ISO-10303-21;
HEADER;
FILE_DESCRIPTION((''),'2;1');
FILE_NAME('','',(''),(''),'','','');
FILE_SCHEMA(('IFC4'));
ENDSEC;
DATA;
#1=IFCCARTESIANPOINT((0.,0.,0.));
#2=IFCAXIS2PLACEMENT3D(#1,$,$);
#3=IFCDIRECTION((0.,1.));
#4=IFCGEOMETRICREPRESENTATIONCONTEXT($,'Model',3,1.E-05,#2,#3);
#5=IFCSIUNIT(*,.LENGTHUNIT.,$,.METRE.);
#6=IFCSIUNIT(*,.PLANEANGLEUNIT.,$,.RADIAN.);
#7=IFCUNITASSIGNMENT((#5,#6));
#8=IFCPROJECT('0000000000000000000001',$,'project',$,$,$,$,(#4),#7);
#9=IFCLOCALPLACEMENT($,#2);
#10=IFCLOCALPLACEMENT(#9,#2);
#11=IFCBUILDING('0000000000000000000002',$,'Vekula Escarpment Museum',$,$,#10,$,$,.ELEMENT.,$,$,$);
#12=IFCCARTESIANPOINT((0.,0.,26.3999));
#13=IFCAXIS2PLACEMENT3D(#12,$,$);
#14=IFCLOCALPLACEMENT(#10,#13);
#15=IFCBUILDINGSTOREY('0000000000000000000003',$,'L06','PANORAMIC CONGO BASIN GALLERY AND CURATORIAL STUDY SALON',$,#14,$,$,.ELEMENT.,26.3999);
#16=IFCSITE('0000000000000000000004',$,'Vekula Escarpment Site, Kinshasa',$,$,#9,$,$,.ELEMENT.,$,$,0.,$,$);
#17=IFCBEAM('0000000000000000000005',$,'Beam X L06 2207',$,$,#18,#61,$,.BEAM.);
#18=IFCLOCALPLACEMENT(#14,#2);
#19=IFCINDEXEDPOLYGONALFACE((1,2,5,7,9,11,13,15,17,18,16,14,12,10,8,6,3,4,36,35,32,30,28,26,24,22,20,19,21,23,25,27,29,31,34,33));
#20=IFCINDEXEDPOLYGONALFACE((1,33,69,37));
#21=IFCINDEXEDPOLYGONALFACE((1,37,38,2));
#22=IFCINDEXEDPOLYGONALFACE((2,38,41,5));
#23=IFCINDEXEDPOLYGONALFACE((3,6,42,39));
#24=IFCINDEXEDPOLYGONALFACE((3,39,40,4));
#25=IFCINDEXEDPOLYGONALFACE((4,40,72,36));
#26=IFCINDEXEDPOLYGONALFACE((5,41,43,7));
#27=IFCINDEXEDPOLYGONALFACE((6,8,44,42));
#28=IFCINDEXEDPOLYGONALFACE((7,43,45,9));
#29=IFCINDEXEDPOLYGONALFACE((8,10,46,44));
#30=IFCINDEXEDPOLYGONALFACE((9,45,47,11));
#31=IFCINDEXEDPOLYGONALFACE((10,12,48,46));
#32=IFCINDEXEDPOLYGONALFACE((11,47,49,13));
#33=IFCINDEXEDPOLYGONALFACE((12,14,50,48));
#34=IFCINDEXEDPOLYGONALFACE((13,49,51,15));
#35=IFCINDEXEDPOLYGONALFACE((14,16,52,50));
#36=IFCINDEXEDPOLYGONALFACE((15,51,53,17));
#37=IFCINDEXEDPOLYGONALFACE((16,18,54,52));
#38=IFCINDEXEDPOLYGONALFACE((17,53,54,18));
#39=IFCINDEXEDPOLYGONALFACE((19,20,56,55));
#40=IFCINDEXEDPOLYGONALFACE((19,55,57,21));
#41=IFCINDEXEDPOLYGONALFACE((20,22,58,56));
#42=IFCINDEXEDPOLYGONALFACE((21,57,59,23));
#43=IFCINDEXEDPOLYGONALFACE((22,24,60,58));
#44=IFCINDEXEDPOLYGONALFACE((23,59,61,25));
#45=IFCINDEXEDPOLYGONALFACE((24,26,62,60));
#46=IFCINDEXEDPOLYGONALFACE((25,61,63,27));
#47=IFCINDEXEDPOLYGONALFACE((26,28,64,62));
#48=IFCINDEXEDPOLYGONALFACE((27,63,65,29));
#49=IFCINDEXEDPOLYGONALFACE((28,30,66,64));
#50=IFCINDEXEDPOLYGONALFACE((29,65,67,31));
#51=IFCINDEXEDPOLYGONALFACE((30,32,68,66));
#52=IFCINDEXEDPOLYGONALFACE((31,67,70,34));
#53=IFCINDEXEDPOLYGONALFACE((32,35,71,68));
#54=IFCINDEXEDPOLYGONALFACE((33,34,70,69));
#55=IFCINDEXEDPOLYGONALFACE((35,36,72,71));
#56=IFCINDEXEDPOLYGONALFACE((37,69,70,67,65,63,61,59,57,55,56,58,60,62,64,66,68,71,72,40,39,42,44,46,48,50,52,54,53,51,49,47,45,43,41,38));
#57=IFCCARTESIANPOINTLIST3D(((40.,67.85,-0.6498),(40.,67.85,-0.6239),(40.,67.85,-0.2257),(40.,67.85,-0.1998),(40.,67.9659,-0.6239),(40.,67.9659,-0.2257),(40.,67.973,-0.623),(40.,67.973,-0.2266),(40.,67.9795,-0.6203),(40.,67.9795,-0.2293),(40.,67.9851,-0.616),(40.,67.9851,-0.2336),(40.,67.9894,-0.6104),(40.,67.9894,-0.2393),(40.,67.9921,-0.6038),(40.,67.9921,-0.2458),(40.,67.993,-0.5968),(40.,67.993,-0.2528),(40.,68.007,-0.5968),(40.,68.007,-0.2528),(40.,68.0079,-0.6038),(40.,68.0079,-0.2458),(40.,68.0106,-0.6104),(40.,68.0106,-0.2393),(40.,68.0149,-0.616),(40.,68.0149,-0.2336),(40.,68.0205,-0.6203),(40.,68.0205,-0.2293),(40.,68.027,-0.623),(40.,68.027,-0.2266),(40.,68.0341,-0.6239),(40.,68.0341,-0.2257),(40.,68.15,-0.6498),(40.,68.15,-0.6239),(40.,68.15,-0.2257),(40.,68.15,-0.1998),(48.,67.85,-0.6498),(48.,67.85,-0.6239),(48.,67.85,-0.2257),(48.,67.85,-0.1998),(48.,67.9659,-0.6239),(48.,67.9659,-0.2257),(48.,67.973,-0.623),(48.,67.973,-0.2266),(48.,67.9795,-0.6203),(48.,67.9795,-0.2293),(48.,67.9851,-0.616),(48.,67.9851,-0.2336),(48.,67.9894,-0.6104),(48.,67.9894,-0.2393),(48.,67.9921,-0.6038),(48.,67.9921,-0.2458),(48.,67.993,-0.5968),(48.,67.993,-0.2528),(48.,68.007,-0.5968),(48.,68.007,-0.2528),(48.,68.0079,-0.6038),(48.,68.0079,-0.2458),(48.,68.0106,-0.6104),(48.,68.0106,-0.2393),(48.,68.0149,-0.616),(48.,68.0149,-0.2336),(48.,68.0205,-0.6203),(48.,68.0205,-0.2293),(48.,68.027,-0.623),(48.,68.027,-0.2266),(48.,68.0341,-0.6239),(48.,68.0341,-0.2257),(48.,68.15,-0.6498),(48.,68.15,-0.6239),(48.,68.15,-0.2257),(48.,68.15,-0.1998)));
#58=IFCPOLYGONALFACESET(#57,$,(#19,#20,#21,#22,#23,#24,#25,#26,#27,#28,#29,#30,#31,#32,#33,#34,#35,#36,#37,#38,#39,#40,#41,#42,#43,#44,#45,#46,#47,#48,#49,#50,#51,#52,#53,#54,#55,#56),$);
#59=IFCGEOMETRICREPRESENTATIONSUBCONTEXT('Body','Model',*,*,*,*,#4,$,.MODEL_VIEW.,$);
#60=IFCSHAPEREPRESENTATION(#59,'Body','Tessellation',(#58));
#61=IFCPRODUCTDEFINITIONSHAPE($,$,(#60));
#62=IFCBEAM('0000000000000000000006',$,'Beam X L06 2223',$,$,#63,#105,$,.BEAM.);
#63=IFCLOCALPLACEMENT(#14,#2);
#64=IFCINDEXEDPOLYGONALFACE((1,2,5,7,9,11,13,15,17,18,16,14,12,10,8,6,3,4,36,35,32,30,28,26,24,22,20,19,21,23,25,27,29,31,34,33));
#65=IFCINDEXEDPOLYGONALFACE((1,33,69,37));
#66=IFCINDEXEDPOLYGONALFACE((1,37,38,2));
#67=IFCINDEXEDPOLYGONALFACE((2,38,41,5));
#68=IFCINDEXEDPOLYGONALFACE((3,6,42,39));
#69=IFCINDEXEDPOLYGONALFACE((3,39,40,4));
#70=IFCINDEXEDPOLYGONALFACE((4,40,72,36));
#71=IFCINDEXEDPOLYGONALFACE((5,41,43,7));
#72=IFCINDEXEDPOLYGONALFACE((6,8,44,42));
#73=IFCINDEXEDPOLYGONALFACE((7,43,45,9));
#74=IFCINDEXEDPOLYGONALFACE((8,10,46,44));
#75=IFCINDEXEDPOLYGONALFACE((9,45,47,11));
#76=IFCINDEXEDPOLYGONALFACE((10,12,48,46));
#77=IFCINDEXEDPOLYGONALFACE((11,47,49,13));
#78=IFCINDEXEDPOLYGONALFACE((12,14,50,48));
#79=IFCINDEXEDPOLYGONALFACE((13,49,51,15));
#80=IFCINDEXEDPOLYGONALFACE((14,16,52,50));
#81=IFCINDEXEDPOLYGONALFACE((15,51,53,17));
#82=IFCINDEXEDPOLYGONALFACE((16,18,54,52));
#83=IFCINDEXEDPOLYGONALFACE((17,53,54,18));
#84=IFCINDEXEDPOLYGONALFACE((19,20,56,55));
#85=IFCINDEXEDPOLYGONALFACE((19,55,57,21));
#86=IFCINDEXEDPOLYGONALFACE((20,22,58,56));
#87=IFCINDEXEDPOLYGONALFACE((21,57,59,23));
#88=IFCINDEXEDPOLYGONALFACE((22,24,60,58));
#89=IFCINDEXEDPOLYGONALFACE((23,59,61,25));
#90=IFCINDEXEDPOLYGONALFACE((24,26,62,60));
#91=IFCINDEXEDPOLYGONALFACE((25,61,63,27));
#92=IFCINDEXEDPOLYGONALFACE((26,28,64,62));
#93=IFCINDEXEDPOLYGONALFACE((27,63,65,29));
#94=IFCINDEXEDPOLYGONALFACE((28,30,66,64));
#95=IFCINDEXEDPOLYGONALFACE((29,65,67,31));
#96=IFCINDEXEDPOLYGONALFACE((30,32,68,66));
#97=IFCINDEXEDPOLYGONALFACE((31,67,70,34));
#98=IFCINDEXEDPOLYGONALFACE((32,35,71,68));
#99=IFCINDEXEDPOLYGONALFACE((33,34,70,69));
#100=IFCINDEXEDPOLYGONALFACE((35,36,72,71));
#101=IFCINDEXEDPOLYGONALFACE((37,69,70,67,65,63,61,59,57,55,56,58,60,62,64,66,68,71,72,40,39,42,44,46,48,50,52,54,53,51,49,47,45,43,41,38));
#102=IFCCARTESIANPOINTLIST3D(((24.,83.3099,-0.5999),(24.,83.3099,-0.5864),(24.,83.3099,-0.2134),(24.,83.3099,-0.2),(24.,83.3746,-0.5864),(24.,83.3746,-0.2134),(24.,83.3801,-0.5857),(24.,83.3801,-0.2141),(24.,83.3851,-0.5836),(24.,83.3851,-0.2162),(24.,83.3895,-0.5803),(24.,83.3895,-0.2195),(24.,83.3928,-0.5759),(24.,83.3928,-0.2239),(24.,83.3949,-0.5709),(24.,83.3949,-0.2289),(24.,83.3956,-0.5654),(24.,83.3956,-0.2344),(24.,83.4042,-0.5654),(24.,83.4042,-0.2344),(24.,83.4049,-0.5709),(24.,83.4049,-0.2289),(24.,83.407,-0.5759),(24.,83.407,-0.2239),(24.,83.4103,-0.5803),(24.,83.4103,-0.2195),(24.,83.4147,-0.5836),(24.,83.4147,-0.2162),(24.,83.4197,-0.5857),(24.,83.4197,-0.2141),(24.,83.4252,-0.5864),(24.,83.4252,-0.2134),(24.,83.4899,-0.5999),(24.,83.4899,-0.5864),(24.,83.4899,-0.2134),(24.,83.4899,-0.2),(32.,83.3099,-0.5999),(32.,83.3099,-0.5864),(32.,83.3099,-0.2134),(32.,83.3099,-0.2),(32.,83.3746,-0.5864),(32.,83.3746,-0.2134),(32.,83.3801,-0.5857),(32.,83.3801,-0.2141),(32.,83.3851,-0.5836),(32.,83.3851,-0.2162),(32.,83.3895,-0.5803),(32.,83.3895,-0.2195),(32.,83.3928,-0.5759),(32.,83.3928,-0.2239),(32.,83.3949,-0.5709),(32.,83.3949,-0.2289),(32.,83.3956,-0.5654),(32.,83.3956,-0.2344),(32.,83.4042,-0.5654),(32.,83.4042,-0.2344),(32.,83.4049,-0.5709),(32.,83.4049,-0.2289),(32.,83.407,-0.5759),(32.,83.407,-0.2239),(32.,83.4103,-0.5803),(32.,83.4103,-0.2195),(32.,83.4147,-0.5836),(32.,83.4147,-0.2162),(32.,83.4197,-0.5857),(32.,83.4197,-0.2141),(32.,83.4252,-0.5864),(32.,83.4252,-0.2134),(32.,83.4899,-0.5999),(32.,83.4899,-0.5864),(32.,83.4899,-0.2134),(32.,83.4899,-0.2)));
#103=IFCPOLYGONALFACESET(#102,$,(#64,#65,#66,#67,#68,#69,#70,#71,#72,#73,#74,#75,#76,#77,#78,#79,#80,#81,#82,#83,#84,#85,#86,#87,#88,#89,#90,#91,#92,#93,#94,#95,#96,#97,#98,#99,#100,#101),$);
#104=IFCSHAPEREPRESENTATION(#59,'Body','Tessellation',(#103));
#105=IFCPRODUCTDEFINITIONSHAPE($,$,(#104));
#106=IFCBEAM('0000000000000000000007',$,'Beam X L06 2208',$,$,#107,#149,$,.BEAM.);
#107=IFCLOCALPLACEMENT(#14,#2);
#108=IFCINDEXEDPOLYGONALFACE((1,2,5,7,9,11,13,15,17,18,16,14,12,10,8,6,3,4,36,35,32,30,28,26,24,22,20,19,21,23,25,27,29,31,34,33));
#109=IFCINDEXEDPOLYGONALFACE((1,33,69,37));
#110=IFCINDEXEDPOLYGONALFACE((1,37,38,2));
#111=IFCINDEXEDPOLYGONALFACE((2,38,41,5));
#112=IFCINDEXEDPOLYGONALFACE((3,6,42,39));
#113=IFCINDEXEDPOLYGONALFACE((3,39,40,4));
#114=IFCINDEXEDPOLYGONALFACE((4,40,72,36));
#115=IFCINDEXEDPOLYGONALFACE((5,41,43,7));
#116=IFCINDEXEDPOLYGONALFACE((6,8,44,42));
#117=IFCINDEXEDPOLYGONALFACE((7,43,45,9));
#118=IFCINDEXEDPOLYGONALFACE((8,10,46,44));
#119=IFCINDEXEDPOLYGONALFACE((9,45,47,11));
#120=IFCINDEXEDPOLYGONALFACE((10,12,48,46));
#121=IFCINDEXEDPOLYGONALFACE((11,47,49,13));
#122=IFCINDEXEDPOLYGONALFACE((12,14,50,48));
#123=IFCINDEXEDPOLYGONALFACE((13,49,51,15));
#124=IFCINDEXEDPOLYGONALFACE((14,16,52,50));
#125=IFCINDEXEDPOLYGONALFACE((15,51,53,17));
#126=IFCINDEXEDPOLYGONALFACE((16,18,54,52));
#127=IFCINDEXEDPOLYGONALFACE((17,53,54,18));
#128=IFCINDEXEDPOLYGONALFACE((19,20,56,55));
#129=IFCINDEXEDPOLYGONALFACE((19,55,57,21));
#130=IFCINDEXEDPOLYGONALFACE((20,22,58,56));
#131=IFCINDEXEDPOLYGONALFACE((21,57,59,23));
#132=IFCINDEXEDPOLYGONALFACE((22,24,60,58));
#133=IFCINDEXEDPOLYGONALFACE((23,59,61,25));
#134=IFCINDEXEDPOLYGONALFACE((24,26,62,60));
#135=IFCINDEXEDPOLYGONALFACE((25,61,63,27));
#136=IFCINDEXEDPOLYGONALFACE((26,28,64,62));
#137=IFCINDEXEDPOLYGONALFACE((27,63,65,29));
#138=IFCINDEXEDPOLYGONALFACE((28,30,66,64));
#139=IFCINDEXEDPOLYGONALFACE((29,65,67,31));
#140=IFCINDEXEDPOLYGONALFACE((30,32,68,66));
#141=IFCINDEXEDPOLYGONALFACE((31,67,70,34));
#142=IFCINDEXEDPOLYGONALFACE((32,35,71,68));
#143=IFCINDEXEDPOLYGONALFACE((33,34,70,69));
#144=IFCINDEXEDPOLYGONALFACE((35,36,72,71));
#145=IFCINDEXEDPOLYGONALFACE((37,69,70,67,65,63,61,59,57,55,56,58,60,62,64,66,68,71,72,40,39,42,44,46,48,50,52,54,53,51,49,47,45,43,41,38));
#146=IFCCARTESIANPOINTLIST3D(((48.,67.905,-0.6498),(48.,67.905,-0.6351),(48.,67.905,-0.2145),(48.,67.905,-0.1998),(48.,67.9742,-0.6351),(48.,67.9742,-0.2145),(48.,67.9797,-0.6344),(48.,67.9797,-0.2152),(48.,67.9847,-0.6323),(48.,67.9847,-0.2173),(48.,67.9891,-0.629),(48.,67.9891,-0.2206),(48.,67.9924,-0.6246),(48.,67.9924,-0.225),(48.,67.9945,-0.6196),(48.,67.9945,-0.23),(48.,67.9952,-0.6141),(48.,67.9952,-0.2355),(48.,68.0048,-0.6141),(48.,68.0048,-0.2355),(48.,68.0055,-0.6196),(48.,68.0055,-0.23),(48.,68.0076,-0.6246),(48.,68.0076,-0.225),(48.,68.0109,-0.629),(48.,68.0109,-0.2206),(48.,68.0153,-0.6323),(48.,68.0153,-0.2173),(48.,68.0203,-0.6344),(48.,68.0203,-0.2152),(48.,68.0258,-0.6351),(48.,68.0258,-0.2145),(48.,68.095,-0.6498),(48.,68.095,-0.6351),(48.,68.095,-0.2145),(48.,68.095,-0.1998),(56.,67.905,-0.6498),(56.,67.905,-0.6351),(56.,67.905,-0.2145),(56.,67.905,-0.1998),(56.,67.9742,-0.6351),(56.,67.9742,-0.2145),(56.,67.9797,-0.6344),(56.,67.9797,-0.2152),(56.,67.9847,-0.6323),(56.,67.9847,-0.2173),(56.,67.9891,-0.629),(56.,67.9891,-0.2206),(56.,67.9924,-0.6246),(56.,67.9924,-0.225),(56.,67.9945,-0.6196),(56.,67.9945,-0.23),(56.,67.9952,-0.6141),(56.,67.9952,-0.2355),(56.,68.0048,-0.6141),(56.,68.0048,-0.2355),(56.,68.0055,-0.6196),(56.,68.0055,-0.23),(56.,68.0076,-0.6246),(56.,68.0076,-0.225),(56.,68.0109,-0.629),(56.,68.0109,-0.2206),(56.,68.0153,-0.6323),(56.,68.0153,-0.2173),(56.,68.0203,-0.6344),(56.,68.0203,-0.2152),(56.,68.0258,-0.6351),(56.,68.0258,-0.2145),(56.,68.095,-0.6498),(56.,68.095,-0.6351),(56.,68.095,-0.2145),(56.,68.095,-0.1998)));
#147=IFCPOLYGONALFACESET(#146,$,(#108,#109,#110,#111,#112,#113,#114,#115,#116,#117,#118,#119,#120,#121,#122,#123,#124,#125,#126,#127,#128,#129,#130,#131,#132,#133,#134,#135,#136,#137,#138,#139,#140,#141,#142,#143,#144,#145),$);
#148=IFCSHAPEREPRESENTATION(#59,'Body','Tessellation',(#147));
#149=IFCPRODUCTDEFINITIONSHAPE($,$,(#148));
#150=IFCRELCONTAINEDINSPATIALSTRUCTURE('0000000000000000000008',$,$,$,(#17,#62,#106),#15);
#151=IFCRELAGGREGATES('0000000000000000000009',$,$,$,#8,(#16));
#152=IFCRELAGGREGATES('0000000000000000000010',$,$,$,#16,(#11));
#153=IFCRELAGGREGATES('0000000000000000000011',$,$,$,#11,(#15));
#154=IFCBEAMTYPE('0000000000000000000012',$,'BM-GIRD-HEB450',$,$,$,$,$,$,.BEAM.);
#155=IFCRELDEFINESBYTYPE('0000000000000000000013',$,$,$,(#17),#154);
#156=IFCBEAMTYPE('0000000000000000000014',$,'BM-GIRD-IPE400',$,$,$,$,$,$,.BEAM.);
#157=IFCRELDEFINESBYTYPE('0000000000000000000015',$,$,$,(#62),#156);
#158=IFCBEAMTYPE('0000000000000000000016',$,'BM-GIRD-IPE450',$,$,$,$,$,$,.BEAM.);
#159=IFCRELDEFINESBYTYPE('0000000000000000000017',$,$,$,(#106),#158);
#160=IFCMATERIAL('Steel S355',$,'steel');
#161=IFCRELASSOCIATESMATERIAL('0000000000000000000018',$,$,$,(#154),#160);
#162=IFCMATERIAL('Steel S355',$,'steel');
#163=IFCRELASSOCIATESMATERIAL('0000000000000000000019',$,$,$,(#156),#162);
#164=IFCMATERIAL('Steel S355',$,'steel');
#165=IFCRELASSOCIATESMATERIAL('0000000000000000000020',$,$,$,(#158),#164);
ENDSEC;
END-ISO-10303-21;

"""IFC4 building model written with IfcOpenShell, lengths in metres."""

from ifc_helpers import new_model, si_unit, direction, frame, origin, origin_2d, place, context, subcontext, project, spatial, i_section, extrude, material, material_profile, profile_set, type_object, element, save


model = new_model("IFC4")

# Units and contexts
model_context = context("Model", 3, precision=1e-05, world=origin(), true_north=direction((0.0, 1.0)))
body_context = subcontext(model_context, "Body", "Model", "MODEL_VIEW")
ifc_project = project(units=[si_unit("LENGTHUNIT", "METRE"), si_unit("PLANEANGLEUNIT", "RADIAN")], contexts=[model_context])

# Site, building, storey
site_placement = place(None, origin())
site = spatial("IfcSite", under=ifc_project, at=site_placement, Name="Vekula Escarpment Site, Kinshasa", CompositionType="ELEMENT", RefElevation=0.0)
building_placement = place(site_placement, origin())
building = spatial("IfcBuilding", under=site, at=building_placement, Name="Vekula Escarpment Museum", CompositionType="ELEMENT")
storey_placement = place(building_placement, frame((0.0, 0.0, 26.3999)))
storey = spatial("IfcBuildingStorey", under=building, at=storey_placement, Name="L06", Description="PANORAMIC CONGO BASIN GALLERY AND CURATORIAL STUDY SALON", CompositionType="ELEMENT", Elevation=26.3999)

# Beams
ifc_material_1 = material(Name="Steel S355", Category="steel")
ifc_material_profile_1 = material_profile(ifc_material_1, i_section(OverallWidth=0.3, OverallDepth=0.45, WebThickness=0.0139, FlangeThickness=0.0259, FilletRadius=0.0271, at=origin_2d()), Name="HEB 450")
ifc_profile_set_1 = profile_set([ifc_material_profile_1], Name="Steel S355")
beam_type_1 = type_object("IfcBeamType", Name="BM-GIRD-HEB450", PredefinedType="BEAM", material=ifc_profile_set_1)
beam_1_placement = place(storey_placement, frame((40.0, 68.0, -0.4248), z_axis=(1.0, 0.0, 0.0), x_axis=(0.0, 1.0, 0.0)))
element("IfcBeam", 1, at=beam_1_placement, inside=storey, type_object=beam_type_1, Name="Beam X L06 2207", PredefinedType="BEAM", context=body_context, shape_type="SweptSolid", body=[
    extrude(i_section(OverallWidth=0.3, OverallDepth=0.45, WebThickness=0.0139, FlangeThickness=0.0259, FilletRadius=0.0271, at=origin_2d()), origin(), (0.0, 0.0, 1.0), 8.0),
])
ifc_material_2 = material(Name="Steel S355", Category="steel")
ifc_material_profile_2 = material_profile(ifc_material_2, i_section(OverallWidth=0.1799, OverallDepth=0.3999, WebThickness=0.0085, FlangeThickness=0.0134, FilletRadius=0.021, at=origin_2d()), Name="IPE 400")
ifc_profile_set_2 = profile_set([ifc_material_profile_2], Name="Steel S355")
beam_type_2 = type_object("IfcBeamType", Name="BM-GIRD-IPE400", PredefinedType="BEAM", material=ifc_profile_set_2)
beam_2_placement = place(storey_placement, frame((24.0, 83.3999, -0.3999), z_axis=(1.0, 0.0, 0.0), x_axis=(0.0, 1.0, 0.0)))
element("IfcBeam", 2, at=beam_2_placement, inside=storey, type_object=beam_type_2, Name="Beam X L06 2223", PredefinedType="BEAM", context=body_context, shape_type="SweptSolid", body=[
    extrude(i_section(OverallWidth=0.1799, OverallDepth=0.3999, WebThickness=0.0085, FlangeThickness=0.0134, FilletRadius=0.021, at=origin_2d()), origin(), (0.0, 0.0, 1.0), 8.0),
])
ifc_material_3 = material(Name="Steel S355", Category="steel")
ifc_material_profile_3 = material_profile(ifc_material_3, i_section(OverallWidth=0.1899, OverallDepth=0.45, WebThickness=0.0095, FlangeThickness=0.0146, FilletRadius=0.021, at=origin_2d()), Name="IPE 450")
ifc_profile_set_3 = profile_set([ifc_material_profile_3], Name="Steel S355")
beam_type_3 = type_object("IfcBeamType", Name="BM-GIRD-IPE450", PredefinedType="BEAM", material=ifc_profile_set_3)
beam_3_placement = place(storey_placement, frame((48.0, 68.0, -0.4248), z_axis=(1.0, 0.0, 0.0), x_axis=(0.0, 1.0, 0.0)))
element("IfcBeam", 3, at=beam_3_placement, inside=storey, type_object=beam_type_3, Name="Beam X L06 2208", PredefinedType="BEAM", context=body_context, shape_type="SweptSolid", body=[
    extrude(i_section(OverallWidth=0.1899, OverallDepth=0.45, WebThickness=0.0095, FlangeThickness=0.0146, FilletRadius=0.021, at=origin_2d()), origin(), (0.0, 0.0, 1.0), 8.0),
])

save(model, "model.ifc")
